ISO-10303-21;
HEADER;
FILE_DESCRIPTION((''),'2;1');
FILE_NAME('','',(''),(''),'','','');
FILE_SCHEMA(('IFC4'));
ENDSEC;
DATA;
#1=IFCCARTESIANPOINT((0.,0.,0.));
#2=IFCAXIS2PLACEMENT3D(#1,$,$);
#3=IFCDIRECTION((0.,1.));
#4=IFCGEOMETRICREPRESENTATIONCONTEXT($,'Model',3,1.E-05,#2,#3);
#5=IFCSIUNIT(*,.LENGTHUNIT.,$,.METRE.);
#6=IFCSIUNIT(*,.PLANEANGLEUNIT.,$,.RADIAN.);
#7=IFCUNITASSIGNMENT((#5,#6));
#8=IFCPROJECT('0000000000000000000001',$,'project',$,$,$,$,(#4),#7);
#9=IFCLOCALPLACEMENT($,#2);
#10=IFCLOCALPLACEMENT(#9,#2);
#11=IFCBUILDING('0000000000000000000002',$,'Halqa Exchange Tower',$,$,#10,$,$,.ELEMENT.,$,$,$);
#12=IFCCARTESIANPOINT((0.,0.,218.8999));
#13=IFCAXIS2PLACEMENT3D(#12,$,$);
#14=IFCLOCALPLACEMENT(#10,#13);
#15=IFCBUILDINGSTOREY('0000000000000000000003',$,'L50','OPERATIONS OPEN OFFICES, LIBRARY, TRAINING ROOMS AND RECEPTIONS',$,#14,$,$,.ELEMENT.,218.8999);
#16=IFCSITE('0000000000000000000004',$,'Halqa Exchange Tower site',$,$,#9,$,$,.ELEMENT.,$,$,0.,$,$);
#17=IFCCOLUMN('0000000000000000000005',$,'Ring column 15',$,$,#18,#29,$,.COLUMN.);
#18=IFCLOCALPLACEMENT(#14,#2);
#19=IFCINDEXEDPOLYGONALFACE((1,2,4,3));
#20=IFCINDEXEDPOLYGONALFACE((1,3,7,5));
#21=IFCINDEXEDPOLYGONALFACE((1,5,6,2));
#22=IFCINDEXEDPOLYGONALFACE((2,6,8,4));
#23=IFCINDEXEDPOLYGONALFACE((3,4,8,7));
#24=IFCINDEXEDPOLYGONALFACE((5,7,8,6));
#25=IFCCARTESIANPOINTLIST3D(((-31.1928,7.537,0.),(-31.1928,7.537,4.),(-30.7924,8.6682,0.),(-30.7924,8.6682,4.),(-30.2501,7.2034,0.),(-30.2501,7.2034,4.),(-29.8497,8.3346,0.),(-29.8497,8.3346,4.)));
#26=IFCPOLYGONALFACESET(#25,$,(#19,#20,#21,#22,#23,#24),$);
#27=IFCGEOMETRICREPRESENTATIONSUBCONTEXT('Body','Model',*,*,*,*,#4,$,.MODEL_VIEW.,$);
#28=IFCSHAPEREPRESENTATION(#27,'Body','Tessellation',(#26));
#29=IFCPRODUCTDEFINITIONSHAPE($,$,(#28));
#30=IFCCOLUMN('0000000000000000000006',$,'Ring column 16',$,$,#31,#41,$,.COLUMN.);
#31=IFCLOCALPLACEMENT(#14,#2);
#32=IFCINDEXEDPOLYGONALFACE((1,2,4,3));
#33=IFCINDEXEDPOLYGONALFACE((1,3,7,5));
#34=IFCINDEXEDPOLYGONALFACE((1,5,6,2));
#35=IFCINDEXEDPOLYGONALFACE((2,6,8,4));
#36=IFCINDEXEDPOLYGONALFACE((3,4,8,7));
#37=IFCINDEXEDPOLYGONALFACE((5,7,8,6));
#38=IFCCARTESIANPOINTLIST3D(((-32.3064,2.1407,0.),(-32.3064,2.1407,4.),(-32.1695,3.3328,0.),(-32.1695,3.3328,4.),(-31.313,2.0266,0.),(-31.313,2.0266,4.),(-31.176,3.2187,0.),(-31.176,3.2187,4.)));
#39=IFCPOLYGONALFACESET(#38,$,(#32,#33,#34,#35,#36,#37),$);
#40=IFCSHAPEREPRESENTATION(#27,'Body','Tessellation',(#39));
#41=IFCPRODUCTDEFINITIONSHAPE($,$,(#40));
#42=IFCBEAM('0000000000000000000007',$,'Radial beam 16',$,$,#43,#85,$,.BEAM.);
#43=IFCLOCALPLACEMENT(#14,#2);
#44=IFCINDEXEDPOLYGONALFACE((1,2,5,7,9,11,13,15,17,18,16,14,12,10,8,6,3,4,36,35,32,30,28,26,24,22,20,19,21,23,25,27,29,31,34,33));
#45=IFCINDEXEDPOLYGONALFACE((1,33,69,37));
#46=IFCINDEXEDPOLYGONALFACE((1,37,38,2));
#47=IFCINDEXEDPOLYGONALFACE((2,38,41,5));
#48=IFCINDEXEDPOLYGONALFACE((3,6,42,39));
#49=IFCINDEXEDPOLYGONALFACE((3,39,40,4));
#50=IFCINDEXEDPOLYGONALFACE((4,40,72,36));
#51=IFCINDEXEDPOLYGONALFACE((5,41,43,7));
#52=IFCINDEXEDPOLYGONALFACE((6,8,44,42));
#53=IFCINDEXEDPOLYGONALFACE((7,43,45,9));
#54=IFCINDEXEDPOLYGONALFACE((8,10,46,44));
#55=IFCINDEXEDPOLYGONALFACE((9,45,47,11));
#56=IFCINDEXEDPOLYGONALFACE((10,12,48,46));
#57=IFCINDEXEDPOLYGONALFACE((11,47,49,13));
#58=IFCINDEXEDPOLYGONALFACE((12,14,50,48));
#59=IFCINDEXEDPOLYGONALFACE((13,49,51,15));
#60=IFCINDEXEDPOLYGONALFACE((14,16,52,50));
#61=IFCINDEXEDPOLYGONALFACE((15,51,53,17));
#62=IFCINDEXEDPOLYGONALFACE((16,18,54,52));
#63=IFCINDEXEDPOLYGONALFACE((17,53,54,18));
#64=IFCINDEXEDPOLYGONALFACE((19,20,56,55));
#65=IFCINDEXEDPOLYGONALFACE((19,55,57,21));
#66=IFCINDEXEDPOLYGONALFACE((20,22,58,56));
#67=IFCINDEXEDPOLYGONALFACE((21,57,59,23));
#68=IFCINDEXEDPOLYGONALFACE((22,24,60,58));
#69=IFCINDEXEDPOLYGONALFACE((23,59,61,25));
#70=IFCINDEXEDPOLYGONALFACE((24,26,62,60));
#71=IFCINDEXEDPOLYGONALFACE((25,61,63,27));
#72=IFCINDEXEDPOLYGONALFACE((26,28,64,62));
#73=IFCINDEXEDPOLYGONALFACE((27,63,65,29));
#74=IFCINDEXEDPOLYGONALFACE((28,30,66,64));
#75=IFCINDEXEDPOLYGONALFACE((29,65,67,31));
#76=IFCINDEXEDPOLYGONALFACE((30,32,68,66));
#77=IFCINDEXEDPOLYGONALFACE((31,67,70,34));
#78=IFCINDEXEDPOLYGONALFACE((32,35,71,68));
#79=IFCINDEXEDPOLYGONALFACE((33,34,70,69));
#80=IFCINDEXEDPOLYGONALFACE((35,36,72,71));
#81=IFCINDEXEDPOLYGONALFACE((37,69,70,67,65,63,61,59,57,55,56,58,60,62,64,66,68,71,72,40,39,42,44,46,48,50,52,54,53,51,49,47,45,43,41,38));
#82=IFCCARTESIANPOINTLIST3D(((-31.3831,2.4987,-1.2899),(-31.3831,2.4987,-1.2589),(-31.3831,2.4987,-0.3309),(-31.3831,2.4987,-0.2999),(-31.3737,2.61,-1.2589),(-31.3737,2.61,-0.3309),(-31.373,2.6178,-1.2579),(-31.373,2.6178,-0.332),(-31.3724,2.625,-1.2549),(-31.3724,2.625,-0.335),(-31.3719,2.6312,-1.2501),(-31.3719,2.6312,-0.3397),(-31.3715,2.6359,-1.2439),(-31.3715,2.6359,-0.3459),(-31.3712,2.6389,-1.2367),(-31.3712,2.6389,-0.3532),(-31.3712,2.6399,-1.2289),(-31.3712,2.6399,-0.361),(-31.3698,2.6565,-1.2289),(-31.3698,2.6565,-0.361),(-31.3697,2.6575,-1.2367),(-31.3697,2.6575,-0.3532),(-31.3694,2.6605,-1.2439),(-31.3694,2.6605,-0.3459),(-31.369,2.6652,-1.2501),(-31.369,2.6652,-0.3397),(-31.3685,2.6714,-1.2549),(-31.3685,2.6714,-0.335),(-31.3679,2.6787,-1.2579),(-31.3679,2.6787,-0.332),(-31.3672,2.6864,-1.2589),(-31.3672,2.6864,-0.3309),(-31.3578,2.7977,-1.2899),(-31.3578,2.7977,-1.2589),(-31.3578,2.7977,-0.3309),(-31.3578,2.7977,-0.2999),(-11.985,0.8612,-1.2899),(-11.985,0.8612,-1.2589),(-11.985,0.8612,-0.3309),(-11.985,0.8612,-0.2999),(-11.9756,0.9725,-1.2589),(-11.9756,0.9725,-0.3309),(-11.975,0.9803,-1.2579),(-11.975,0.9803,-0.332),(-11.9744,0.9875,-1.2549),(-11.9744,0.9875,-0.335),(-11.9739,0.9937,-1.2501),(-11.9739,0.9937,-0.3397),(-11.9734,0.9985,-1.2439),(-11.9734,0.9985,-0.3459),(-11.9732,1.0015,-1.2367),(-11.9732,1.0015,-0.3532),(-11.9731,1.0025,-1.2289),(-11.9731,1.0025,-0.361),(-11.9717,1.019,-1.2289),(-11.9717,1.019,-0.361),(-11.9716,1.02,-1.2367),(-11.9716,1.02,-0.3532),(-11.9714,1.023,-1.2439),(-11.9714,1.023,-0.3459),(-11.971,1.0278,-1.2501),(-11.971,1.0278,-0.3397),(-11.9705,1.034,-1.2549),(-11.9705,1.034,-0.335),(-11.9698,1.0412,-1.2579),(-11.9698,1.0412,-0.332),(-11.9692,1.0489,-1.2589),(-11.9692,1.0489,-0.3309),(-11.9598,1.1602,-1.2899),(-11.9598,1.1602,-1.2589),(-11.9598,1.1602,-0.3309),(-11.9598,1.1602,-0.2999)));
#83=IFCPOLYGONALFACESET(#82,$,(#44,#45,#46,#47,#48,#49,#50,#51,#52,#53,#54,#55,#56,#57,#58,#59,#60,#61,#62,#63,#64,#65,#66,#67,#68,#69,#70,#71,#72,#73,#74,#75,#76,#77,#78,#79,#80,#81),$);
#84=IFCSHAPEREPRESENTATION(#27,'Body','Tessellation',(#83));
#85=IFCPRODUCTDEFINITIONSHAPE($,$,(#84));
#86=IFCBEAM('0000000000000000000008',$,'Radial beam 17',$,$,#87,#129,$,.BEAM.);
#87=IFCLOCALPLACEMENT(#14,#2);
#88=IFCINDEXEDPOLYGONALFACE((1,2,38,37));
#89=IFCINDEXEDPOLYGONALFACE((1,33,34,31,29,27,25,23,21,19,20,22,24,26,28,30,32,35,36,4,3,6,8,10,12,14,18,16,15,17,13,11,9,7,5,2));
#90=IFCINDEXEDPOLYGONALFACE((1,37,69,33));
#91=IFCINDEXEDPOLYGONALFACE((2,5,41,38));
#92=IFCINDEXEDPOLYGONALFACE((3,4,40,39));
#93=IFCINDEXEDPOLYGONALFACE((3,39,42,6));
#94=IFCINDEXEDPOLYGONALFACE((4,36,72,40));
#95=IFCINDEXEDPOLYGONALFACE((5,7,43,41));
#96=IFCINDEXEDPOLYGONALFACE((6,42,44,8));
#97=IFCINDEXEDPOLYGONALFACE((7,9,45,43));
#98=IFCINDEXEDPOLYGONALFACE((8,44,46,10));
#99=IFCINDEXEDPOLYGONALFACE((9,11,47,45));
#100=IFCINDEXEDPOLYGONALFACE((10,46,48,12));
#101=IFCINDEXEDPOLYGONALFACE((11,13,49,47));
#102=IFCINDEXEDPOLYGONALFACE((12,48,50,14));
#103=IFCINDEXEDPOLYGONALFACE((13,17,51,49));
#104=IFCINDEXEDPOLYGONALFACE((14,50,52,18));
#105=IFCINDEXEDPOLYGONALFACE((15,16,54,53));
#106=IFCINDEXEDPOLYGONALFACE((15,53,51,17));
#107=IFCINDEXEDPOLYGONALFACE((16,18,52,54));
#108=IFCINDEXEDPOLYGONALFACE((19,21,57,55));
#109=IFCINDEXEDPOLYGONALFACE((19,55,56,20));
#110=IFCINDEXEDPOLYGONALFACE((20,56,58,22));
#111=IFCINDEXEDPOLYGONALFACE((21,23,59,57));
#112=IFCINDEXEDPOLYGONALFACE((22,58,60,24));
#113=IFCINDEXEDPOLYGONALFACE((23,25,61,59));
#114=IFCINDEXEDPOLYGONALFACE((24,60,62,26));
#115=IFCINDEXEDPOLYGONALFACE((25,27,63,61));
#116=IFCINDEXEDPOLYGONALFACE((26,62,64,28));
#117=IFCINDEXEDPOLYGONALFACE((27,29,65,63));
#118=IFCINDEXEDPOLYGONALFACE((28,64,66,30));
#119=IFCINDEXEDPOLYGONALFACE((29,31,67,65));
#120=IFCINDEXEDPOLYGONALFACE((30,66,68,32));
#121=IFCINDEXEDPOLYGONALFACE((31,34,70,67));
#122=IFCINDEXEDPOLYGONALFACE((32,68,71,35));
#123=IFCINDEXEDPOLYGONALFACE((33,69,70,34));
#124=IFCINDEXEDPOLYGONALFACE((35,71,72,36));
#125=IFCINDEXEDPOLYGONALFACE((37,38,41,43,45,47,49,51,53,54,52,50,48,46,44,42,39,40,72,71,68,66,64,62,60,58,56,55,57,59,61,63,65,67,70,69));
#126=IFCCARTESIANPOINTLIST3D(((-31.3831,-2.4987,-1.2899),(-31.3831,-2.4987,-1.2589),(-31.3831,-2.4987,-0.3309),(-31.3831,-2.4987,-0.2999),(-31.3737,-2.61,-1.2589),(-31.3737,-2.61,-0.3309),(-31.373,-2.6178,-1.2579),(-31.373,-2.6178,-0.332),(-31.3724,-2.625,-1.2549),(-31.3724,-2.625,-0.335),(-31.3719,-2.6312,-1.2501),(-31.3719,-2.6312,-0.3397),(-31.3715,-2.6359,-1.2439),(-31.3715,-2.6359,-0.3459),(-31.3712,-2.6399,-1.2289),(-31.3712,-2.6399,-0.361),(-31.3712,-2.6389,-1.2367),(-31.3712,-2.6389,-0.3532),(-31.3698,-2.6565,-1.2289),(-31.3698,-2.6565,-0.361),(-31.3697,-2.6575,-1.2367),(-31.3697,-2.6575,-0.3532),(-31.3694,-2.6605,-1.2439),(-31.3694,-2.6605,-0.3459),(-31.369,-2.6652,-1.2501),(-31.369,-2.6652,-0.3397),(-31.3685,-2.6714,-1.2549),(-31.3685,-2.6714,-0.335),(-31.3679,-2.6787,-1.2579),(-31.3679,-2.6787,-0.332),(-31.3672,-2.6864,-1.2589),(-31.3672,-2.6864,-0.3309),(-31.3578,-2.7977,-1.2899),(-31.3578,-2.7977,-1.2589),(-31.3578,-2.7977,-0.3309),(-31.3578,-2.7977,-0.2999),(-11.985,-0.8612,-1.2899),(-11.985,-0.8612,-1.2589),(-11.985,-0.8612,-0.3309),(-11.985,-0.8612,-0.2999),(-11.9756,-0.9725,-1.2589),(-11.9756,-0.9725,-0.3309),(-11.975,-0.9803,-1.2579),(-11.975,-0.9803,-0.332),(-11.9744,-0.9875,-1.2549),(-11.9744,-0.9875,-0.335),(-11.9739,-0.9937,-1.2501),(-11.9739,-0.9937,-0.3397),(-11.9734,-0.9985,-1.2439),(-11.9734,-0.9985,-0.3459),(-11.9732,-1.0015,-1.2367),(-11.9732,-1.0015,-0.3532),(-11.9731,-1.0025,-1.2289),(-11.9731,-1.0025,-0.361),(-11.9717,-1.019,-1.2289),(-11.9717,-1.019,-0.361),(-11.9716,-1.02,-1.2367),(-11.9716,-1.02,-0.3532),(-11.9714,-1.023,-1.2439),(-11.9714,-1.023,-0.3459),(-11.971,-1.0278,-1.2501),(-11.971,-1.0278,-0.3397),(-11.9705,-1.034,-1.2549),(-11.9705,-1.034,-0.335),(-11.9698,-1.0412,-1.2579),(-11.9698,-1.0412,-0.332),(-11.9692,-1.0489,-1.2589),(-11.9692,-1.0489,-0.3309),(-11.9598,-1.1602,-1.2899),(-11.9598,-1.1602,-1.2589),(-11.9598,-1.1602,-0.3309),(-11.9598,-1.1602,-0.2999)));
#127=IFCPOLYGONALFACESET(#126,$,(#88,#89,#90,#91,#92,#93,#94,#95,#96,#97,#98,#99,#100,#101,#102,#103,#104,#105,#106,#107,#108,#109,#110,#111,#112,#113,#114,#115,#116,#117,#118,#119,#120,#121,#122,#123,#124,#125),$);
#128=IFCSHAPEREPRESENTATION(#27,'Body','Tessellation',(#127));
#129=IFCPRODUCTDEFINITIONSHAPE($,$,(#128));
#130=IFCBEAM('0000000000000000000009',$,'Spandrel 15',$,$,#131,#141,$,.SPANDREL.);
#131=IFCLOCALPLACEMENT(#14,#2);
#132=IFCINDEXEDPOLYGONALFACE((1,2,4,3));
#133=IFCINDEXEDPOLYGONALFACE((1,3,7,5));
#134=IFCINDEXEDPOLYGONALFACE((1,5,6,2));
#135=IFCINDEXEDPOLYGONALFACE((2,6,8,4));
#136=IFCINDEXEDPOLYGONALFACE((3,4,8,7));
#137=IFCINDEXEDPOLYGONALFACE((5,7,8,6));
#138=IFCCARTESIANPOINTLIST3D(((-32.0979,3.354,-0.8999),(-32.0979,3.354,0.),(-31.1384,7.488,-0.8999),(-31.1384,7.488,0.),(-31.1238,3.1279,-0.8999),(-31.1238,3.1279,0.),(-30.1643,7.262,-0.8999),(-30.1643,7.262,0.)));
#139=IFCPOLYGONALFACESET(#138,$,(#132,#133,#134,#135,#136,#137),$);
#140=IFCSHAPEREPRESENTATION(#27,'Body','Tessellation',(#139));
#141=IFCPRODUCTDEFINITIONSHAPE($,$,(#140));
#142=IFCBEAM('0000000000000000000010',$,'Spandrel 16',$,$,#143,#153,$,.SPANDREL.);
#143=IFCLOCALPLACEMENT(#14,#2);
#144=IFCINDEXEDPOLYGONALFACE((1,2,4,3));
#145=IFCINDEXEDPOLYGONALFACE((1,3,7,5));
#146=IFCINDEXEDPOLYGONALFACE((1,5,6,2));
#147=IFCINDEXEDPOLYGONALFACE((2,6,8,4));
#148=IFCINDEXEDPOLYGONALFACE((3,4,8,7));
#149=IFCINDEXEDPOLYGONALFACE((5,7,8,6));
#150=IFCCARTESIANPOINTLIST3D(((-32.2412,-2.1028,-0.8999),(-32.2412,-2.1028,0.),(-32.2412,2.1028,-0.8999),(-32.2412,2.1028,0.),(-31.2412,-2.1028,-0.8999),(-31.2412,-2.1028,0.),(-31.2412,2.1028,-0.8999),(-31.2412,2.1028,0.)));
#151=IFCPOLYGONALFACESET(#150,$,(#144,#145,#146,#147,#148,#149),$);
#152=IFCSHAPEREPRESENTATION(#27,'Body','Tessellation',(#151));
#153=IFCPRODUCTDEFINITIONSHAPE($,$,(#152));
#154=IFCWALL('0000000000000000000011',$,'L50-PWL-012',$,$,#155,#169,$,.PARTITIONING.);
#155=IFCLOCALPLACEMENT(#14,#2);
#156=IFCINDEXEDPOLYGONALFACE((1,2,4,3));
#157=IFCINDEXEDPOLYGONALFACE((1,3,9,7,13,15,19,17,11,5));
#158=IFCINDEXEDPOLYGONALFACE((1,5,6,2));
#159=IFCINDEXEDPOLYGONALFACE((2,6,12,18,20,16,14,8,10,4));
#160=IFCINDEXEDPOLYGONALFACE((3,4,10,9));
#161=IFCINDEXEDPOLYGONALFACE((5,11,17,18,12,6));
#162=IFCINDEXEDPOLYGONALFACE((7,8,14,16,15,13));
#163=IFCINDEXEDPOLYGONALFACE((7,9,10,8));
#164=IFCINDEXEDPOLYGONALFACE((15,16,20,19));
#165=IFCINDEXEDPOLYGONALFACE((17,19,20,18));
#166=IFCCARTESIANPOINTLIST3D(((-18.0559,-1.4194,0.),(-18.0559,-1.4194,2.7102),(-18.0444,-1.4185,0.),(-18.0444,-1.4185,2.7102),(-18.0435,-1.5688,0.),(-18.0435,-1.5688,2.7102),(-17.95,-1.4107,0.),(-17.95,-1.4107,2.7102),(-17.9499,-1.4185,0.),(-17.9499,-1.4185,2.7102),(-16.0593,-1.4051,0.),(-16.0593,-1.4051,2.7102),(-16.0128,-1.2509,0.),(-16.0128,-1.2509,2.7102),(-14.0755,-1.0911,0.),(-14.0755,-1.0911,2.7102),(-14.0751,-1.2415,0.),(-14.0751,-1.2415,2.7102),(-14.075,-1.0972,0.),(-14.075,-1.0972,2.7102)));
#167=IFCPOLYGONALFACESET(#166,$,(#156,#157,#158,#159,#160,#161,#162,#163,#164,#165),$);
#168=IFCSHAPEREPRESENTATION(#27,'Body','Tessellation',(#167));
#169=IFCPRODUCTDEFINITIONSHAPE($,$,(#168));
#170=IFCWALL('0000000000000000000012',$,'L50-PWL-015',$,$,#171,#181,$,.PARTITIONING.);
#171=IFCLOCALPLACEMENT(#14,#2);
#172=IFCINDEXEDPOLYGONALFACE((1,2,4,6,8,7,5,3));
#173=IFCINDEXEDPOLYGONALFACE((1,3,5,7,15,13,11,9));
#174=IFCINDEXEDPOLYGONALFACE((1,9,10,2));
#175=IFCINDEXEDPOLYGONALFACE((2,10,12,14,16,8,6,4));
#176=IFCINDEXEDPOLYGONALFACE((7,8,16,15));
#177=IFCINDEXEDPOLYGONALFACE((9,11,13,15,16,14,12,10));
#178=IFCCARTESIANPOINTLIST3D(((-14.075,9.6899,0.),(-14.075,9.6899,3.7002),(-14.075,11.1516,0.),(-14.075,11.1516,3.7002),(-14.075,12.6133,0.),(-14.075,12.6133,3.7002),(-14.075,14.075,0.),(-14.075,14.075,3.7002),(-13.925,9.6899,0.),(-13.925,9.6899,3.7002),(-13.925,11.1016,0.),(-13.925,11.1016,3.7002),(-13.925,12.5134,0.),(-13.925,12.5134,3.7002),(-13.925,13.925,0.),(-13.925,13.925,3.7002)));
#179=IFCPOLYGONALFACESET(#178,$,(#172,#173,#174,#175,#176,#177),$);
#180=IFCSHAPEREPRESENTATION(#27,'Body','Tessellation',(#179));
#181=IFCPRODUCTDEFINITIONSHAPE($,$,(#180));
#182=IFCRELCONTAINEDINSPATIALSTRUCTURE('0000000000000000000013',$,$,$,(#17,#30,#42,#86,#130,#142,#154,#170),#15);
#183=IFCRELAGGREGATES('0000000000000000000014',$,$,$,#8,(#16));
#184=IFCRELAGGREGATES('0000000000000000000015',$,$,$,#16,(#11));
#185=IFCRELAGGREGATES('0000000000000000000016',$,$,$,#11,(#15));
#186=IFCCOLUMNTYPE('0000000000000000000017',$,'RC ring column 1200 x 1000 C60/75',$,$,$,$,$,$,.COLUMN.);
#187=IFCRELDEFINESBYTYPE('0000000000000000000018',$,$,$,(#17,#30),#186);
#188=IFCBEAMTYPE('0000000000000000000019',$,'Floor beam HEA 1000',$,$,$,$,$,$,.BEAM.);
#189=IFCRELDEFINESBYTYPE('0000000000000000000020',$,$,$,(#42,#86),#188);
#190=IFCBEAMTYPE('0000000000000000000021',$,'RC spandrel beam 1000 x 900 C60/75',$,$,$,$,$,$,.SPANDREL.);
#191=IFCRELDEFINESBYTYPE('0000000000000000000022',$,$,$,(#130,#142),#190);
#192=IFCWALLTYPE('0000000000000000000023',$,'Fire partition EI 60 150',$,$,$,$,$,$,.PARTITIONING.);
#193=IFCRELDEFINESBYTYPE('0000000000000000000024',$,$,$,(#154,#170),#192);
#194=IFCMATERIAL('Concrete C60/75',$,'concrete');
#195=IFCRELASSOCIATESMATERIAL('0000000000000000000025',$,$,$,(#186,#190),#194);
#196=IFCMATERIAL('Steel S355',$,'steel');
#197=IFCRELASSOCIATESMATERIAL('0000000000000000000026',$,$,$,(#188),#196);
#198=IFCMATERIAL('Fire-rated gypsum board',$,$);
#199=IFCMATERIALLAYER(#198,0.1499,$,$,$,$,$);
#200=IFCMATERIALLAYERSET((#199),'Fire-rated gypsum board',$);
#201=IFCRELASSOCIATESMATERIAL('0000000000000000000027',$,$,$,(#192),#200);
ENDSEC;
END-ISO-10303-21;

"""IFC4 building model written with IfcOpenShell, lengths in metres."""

from ifc_helpers import new_model, si_unit, direction, frame, origin, origin_2d, place, context, subcontext, project, spatial, polyline, rectangle, i_section, outline, extrude, material, layer, layer_set, material_profile, profile_set, type_object, element, save


model = new_model("IFC4")

# Units and contexts
model_context = context("Model", 3, precision=1e-05, world=origin(), true_north=direction((0.0, 1.0)))
body_context = subcontext(model_context, "Body", "Model", "MODEL_VIEW")
ifc_project = project(units=[si_unit("LENGTHUNIT", "METRE"), si_unit("PLANEANGLEUNIT", "RADIAN")], contexts=[model_context])

# Site, building, storey
site_placement = place(None, origin())
site = spatial("IfcSite", under=ifc_project, at=site_placement, Name="Halqa Exchange Tower site", CompositionType="ELEMENT", RefElevation=0.0)
building_placement = place(site_placement, origin())
building = spatial("IfcBuilding", under=site, at=building_placement, Name="Halqa Exchange Tower", CompositionType="ELEMENT")
storey_placement = place(building_placement, frame((0.0, 0.0, 218.8999)))
storey = spatial("IfcBuildingStorey", under=building, at=storey_placement, Name="L50", Description="OPERATIONS OPEN OFFICES, LIBRARY, TRAINING ROOMS AND RECEPTIONS", CompositionType="ELEMENT", Elevation=218.8999)

# Columns
ifc_material_1 = material(Name="Concrete C60/75", Category="concrete")
ifc_material_profile_1 = material_profile(ifc_material_1, rectangle(XDim=1.2, YDim=1.0, at=origin_2d()), Name="1200 x 1000")
ifc_profile_set_1 = profile_set([ifc_material_profile_1], Name="Concrete C60/75")
column_type = type_object("IfcColumnType", Name="RC ring column 1200 x 1000 C60/75", PredefinedType="COLUMN", material=ifc_profile_set_1)
for number, where, z_axis, x_axis, name in (
    (1, (-30.5212, 7.9358, 0.0), (0.0, 0.0, 1.0), (-0.333626, -0.942706, 0.0), "Ring column 15"),
    (2, (-31.7412, 2.6797, 0.0), (0.0, 0.0, 1.0), (-0.114157, -0.993463, 0.0), "Ring column 16"),
):
    element("IfcColumn", number, at=place(storey_placement, frame(where, z_axis=z_axis, x_axis=x_axis)), inside=storey, type_object=column_type, Name=name, PredefinedType="COLUMN", context=body_context, shape_type="SweptSolid", body=[
        extrude(rectangle(XDim=1.2, YDim=1.0, at=origin_2d()), origin(), (0.0, 0.0, 1.0), 4.0),
    ])

# Beams
ifc_material_2 = material(Name="Steel S355", Category="steel")
ifc_material_profile_2 = material_profile(ifc_material_2, i_section(OverallWidth=0.3, OverallDepth=0.99, WebThickness=0.0166, FlangeThickness=0.031, FilletRadius=0.03, at=origin_2d()), Name="HEA 1000")
ifc_profile_set_2 = profile_set([ifc_material_profile_2], Name="Steel S355")
beam_type_1 = type_object("IfcBeamType", Name="Floor beam HEA 1000", PredefinedType="BEAM", material=ifc_profile_set_2)
for number, where, z_axis, x_axis, name in (
    (3, (-11.9724, 1.0107, -0.7949), (-0.996456, 0.084114, 0.0), (-0.084114, -0.996456, 0.0), "Radial beam 16"),
    (4, (-11.9724, -1.0107, -0.7949), (-0.996456, -0.084114, 0.0), (0.084114, -0.996456, 0.0), "Radial beam 17"),
):
    element("IfcBeam", number, at=place(storey_placement, frame(where, z_axis=z_axis, x_axis=x_axis)), inside=storey, type_object=beam_type_1, Name=name, PredefinedType="BEAM", context=body_context, shape_type="SweptSolid", body=[
        extrude(i_section(OverallWidth=0.3, OverallDepth=0.99, WebThickness=0.0166, FlangeThickness=0.031, FilletRadius=0.03, at=origin_2d()), origin(), (0.0, 0.0, 1.0), 19.467),
    ])
ifc_material_profile_3 = material_profile(ifc_material_1, rectangle(XDim=1.0, YDim=0.8999, at=origin_2d()), Name="1000 x 900")
ifc_profile_set_3 = profile_set([ifc_material_profile_3], Name="Concrete C60/75")
beam_type_2 = type_object("IfcBeamType", Name="RC spandrel beam 1000 x 900 C60/75", PredefinedType="SPANDREL", material=ifc_profile_set_3)
beam_1_placement = place(storey_placement, frame((-30.6514, 7.375, -0.45), z_axis=(-0.226082, -0.974108, 0.0), x_axis=(0.974108, -0.226082, 0.0)))
element("IfcBeam", 5, at=beam_1_placement, inside=storey, type_object=beam_type_2, Name="Spandrel 15", PredefinedType="SPANDREL", context=body_context, shape_type="SweptSolid", body=[
    extrude(rectangle(XDim=1.0, YDim=0.8999, at=origin_2d()), origin(), (0.0, 0.0, 1.0), 4.2439),
])
beam_2_placement = place(storey_placement, frame((-31.7412, 2.1028, -0.45), z_axis=(0.0, -1.0, 0.0), x_axis=(1.0, 0.0, 0.0)))
element("IfcBeam", 6, at=beam_2_placement, inside=storey, type_object=beam_type_2, Name="Spandrel 16", PredefinedType="SPANDREL", context=body_context, shape_type="SweptSolid", body=[
    extrude(rectangle(XDim=1.0, YDim=0.8999, at=origin_2d()), origin(), (0.0, 0.0, 1.0), 4.2056),
])

# Walls
ifc_material_3 = material(Name="Fire-rated gypsum board")
ifc_layer_1 = layer(ifc_material_3, 0.1499)
ifc_layer_set_1 = layer_set([ifc_layer_1], Name="Fire-rated gypsum board")
wall_type_1 = type_object("IfcWallType", Name="Fire partition EI 60 150", PredefinedType="PARTITIONING", material=ifc_layer_set_1)
wall_1_placement = place(storey_placement, frame((-14.0693, -1.1658, 0.0), z_axis=(0.0, 0.0, 1.0), x_axis=(-0.996615, -0.082216, 0.0)))
element("IfcWall", 7, at=wall_1_placement, inside=storey, type_object=wall_type_1, Name="L50-PWL-012", PredefinedType="PARTITIONING", context=body_context, shape_type="SweptSolid", body=[
    extrude(outline(polyline([(0.0, -0.075), (1.9438, -0.075), (3.8877, -0.075), (3.8882, -0.0671), (3.9824, -0.075), (3.9939, -0.075), (3.9939, 0.075), (2.0029, 0.075), (0.012, 0.075), (0.0, -0.0688), (0.0, -0.075)])), origin(), (0.0, 0.0, 1.0), 2.7102),
])
wall_2_placement = place(storey_placement, frame((-14.0, 9.6899, 0.0), z_axis=(0.0, 0.0, 1.0), x_axis=(0.0, 1.0, 0.0)))
element("IfcWall", 8, at=wall_2_placement, inside=storey, type_object=wall_type_1, Name="L50-PWL-015", PredefinedType="PARTITIONING", context=body_context, shape_type="SweptSolid", body=[
    extrude(outline(polyline([(0.0, -0.075), (1.4116, -0.075), (2.8235, -0.075), (4.2351, -0.075), (4.385, 0.075), (2.9233, 0.075), (1.4617, 0.075), (0.0, 0.075), (0.0, -0.075)])), origin(), (0.0, 0.0, 1.0), 3.7002),
])

save(model, "model.ifc")
